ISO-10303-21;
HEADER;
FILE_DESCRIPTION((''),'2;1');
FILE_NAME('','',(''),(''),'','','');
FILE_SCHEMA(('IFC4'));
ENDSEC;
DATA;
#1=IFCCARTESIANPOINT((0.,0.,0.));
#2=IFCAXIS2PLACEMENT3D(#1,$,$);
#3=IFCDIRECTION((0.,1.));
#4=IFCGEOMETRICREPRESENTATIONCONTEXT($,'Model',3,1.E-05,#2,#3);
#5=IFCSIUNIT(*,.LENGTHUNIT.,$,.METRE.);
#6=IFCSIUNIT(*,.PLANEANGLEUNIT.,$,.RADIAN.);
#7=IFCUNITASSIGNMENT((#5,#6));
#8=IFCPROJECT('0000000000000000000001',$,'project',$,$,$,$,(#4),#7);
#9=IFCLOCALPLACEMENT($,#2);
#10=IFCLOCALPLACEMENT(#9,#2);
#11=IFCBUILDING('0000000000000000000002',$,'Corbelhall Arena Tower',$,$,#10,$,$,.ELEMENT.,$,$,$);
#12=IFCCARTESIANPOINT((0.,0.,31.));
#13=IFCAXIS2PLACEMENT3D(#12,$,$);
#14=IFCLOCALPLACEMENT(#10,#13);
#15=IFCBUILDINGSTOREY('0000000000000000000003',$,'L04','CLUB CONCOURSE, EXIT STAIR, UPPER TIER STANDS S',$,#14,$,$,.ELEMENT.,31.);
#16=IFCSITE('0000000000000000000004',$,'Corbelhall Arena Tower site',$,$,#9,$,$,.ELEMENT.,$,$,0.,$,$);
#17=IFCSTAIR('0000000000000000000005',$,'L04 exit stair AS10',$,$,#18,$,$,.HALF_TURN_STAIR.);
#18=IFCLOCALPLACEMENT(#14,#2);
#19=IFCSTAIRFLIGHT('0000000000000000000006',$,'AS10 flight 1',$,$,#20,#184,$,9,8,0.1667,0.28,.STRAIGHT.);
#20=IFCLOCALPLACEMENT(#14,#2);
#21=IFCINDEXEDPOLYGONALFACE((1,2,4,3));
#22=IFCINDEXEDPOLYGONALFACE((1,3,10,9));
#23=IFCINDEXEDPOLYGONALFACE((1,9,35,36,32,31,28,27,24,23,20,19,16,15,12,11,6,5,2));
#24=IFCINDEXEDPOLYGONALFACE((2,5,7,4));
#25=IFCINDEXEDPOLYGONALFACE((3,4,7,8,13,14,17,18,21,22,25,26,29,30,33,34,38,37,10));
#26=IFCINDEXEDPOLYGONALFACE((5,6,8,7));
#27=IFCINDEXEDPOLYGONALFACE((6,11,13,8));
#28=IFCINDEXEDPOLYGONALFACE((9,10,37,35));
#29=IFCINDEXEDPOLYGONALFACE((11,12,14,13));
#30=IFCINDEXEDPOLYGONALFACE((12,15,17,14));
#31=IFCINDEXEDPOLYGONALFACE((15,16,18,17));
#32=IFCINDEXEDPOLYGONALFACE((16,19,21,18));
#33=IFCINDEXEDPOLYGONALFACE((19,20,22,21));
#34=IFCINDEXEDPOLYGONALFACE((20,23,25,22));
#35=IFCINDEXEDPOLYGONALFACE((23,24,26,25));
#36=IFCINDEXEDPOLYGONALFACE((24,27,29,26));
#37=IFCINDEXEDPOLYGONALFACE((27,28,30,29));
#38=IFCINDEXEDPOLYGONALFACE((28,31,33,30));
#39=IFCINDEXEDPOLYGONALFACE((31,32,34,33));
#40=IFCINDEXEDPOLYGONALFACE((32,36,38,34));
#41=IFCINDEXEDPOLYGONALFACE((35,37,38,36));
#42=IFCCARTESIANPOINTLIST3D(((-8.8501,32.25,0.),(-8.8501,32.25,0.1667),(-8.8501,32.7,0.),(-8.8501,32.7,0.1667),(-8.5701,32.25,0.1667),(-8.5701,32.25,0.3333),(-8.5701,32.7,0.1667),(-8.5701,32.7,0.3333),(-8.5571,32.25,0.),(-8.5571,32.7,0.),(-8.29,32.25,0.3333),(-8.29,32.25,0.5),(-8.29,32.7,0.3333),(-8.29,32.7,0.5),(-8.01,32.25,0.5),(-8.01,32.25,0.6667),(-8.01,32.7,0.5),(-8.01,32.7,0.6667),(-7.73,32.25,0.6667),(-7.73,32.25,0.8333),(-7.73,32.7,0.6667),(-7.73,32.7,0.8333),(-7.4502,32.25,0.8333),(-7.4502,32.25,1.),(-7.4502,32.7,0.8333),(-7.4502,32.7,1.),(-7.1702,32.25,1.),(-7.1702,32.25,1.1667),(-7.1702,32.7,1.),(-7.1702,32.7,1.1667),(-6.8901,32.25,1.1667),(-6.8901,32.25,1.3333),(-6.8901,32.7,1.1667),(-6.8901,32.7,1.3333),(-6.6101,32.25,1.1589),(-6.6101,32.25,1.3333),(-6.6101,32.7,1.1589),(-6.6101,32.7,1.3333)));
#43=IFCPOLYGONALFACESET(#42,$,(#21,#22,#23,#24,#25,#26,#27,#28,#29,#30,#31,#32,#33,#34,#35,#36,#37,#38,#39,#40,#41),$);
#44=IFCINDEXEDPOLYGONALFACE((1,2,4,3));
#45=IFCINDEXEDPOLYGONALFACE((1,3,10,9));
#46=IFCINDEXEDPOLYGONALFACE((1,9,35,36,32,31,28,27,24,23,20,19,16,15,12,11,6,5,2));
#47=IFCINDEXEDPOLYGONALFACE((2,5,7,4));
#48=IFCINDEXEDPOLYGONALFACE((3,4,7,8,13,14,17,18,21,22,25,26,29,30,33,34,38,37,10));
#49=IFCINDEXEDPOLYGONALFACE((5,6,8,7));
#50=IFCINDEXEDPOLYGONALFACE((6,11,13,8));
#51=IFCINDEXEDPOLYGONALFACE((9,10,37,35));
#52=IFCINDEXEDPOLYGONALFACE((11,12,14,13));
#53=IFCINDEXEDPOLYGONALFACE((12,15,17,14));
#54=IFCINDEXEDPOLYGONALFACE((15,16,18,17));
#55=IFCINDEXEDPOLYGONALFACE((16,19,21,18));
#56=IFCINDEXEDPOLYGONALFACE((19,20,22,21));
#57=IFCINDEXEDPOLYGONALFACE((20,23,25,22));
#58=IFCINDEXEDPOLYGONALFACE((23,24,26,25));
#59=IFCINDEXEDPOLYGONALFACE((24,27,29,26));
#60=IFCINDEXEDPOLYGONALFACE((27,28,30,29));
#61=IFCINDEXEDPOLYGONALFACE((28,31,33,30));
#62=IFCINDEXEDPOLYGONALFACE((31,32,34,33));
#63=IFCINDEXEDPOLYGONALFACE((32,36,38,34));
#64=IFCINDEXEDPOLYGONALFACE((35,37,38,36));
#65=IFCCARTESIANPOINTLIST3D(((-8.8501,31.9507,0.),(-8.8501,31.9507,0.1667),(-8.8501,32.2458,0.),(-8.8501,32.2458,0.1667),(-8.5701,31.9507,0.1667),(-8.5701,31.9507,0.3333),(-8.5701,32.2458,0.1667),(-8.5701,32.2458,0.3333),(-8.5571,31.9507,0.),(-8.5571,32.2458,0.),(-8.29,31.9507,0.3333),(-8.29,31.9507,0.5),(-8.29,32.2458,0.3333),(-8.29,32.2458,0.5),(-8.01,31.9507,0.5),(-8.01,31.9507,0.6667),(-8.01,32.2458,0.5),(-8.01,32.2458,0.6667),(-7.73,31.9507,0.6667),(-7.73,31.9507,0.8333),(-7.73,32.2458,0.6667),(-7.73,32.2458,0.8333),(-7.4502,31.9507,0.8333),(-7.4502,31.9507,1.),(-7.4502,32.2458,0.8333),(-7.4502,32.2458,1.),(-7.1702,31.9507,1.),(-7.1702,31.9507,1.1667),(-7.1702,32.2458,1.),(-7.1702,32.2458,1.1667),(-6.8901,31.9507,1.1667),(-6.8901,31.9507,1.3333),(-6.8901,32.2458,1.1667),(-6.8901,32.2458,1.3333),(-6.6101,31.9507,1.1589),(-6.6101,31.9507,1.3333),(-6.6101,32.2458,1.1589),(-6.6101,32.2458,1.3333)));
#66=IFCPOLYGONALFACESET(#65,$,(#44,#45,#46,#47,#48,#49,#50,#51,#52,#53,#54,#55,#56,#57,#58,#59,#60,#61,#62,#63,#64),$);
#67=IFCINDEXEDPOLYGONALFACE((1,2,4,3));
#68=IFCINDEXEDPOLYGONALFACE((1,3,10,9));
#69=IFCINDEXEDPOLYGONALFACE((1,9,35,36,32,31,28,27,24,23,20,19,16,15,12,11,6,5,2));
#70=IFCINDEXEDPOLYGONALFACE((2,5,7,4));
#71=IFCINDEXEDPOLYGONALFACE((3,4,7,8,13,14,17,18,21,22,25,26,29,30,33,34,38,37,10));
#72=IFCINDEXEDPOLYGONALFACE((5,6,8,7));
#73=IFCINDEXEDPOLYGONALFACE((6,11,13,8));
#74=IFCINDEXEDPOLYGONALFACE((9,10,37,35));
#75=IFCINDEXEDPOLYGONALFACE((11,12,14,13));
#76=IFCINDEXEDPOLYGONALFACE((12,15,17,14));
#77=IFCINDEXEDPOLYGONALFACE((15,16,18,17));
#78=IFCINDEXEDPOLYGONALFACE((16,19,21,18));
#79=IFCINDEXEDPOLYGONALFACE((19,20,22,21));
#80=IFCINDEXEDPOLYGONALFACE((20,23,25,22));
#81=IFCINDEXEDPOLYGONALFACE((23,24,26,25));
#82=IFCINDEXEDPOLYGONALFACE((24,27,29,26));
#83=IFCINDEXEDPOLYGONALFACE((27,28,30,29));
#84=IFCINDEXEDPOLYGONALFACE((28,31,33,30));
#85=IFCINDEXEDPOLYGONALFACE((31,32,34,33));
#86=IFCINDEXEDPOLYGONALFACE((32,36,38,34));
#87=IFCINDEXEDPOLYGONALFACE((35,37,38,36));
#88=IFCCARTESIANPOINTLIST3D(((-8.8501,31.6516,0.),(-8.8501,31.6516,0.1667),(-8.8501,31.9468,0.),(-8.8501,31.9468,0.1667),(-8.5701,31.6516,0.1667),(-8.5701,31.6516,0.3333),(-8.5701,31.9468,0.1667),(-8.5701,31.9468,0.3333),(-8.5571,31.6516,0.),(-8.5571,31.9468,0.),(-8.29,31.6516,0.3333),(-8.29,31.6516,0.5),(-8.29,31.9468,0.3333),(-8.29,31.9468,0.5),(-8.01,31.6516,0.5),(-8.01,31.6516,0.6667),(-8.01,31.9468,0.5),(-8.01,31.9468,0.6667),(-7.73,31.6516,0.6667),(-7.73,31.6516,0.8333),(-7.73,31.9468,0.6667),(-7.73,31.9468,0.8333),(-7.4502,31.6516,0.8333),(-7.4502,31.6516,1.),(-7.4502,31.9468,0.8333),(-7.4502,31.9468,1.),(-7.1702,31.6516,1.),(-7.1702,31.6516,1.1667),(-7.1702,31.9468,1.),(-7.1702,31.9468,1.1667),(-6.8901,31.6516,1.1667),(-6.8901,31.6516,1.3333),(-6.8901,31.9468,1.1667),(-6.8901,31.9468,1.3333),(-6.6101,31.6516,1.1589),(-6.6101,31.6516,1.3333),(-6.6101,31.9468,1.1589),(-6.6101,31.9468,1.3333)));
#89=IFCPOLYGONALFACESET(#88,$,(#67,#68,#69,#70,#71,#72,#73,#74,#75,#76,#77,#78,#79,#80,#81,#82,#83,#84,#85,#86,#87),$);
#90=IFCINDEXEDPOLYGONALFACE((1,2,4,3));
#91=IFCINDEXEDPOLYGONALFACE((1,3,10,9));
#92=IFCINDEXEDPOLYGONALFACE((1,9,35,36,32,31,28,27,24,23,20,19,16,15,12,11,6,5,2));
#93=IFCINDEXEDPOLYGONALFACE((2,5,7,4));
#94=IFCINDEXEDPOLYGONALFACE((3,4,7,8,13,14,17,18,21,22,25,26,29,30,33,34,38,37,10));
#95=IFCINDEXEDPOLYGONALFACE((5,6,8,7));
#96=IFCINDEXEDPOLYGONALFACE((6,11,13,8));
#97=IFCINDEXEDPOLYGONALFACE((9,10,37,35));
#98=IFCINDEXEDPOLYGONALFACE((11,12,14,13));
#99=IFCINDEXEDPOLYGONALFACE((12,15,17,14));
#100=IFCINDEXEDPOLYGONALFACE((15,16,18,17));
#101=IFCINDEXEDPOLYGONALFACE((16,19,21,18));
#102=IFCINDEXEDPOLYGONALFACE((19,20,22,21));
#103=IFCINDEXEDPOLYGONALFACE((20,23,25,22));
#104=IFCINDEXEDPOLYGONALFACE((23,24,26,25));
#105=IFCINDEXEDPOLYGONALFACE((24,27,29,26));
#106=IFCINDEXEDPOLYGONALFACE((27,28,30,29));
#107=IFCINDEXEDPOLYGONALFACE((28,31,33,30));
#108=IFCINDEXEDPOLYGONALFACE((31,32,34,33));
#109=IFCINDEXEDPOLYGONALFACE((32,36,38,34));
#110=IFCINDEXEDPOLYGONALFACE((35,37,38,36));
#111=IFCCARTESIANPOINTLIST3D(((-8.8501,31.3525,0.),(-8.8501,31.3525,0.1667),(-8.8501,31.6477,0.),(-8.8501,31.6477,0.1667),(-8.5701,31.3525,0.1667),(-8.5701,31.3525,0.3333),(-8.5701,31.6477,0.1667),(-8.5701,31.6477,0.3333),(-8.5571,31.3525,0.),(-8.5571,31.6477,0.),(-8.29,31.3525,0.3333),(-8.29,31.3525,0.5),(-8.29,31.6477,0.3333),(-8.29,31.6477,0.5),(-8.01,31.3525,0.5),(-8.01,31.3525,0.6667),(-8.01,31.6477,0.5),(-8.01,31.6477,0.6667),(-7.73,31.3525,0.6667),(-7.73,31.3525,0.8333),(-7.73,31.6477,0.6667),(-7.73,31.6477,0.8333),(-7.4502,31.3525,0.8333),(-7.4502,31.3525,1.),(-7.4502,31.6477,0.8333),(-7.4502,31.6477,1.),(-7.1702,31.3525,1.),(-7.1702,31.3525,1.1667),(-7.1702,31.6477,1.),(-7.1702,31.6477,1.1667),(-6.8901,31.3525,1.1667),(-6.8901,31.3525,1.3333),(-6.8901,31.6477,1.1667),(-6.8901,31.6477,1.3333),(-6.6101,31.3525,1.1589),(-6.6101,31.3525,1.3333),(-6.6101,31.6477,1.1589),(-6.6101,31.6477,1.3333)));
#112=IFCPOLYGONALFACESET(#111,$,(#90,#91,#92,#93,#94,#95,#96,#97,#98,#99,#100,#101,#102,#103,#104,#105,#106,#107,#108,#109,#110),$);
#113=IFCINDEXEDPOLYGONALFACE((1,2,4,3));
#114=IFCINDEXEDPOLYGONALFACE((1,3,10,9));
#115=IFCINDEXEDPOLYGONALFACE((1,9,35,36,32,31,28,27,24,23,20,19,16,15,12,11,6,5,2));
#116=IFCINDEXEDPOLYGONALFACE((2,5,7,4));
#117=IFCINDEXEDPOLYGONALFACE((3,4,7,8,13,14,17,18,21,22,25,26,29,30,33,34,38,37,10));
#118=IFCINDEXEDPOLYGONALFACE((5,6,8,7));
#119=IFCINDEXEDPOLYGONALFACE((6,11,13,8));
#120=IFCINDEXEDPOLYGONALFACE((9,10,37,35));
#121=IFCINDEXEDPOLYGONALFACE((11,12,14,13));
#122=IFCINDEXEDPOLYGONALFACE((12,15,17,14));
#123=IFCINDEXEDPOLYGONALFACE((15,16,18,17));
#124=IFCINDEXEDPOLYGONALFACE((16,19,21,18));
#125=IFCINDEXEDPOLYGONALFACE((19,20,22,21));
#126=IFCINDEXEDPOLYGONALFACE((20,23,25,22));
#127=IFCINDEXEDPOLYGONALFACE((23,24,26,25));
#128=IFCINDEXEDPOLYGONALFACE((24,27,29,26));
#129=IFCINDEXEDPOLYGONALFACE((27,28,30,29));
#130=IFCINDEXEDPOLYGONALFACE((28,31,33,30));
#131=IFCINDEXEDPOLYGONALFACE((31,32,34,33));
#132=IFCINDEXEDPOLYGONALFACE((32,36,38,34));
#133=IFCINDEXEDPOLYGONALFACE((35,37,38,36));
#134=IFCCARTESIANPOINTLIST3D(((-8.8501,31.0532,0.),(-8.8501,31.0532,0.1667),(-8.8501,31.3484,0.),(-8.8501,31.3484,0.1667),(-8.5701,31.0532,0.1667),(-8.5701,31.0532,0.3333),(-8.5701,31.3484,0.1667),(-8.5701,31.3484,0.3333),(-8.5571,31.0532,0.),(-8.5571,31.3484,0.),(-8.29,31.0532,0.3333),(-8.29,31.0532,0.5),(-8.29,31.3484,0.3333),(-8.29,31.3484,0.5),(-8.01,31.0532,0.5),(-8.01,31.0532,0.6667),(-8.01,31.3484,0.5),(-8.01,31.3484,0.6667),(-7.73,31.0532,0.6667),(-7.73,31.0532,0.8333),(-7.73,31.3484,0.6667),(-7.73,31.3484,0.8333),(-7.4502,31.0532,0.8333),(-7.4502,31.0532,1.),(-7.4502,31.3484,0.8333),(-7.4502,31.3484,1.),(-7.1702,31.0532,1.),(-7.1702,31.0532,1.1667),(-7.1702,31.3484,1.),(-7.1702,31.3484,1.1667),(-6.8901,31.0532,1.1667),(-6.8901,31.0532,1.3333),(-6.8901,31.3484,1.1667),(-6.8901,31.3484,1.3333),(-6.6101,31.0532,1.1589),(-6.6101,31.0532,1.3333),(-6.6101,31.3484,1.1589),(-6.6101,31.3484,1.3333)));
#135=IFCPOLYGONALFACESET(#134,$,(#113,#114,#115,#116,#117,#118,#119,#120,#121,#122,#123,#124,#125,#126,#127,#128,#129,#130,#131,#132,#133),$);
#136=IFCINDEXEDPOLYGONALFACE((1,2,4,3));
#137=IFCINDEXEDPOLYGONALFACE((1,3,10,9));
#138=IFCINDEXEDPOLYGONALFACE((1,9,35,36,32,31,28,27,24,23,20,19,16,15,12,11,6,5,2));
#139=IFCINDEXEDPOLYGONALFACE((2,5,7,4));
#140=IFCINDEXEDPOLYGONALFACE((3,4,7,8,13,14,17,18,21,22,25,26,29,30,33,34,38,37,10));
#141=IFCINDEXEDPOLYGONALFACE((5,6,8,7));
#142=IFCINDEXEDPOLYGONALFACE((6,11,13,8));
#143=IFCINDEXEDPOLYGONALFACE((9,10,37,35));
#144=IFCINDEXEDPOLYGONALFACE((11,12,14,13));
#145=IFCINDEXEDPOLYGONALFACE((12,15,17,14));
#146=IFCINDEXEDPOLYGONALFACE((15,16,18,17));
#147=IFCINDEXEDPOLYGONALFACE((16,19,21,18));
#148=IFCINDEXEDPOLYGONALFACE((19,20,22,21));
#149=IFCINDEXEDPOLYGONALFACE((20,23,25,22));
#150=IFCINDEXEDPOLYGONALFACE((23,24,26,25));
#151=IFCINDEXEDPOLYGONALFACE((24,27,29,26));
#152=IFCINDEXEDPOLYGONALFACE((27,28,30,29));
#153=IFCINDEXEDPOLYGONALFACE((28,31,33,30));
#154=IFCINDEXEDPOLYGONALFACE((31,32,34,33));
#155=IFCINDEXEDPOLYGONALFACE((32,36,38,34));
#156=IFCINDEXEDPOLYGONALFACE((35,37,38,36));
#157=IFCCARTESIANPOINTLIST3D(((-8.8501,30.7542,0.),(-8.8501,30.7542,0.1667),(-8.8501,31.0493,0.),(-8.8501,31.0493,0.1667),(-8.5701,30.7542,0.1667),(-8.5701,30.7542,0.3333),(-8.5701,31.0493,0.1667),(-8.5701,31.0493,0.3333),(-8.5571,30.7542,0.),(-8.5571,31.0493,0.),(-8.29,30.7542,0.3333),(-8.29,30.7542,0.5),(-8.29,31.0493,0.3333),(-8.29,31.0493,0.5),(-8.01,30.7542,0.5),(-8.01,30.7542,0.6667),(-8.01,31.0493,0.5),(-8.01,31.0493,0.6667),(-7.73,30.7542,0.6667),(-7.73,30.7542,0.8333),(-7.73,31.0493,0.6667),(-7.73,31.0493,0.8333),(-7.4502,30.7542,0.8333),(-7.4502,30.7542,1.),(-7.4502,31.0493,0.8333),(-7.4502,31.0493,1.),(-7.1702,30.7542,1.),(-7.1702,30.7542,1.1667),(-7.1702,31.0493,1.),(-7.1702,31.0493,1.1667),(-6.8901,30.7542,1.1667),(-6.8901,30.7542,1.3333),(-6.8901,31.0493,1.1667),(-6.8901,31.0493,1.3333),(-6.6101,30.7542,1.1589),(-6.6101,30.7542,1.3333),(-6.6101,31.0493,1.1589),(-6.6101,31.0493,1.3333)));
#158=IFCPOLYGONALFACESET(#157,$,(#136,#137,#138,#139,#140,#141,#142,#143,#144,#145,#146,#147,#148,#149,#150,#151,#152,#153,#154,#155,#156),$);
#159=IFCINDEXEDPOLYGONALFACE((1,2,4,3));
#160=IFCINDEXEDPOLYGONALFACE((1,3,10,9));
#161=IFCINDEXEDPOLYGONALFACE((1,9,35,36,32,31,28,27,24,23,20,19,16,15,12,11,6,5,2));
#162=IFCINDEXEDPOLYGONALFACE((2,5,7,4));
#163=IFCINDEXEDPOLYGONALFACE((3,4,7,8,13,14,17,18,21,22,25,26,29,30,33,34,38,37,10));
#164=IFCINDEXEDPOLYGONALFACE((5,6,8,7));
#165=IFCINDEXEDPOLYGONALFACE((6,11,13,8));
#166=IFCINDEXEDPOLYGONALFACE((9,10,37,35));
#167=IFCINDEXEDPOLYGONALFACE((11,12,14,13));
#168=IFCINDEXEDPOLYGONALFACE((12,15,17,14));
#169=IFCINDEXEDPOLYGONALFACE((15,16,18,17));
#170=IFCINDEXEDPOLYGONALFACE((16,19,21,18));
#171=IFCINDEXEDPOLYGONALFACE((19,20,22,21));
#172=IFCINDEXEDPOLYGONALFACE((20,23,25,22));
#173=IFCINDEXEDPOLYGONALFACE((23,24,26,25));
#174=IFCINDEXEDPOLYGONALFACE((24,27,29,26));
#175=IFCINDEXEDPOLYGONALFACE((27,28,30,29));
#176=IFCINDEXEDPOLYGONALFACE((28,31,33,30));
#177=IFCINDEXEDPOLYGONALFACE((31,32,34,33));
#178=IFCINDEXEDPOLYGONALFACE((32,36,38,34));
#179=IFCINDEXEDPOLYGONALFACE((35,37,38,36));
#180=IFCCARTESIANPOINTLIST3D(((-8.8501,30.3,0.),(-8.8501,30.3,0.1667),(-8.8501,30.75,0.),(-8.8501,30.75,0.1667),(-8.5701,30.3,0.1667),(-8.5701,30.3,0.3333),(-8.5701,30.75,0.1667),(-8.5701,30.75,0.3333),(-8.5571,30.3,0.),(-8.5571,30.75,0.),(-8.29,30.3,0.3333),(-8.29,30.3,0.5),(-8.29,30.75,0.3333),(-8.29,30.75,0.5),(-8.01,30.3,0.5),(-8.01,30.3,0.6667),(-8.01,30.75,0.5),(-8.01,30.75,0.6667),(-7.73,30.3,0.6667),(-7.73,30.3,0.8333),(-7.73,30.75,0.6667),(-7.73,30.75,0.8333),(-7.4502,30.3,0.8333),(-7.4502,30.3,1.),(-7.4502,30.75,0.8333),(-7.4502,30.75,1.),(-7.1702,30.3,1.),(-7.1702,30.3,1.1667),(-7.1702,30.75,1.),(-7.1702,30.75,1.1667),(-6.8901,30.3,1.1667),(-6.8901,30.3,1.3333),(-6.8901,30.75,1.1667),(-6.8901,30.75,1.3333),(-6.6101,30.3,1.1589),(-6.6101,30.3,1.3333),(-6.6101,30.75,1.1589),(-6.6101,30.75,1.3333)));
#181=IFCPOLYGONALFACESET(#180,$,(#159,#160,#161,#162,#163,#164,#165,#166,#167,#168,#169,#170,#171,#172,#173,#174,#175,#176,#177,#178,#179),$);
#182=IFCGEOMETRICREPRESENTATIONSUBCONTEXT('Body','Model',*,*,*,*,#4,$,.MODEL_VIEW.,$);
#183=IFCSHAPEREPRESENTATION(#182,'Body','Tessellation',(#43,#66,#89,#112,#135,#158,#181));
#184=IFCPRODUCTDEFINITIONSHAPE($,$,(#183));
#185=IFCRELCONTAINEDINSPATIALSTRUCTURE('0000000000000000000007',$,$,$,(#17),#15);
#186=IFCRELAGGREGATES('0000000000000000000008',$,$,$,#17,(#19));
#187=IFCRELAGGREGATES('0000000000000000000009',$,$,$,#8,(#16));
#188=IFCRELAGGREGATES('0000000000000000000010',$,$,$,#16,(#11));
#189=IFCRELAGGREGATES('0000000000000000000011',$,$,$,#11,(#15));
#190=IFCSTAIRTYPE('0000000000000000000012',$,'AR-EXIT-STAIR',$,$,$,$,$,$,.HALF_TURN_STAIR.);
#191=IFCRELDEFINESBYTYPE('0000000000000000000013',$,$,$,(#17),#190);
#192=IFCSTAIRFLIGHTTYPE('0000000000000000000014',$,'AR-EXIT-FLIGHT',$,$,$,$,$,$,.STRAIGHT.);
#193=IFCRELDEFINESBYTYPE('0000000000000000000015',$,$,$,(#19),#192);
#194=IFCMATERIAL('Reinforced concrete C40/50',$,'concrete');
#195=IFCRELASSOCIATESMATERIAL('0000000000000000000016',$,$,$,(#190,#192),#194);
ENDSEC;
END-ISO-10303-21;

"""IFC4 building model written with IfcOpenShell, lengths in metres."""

from ifc_helpers import new_model, si_unit, direction, frame, origin, place, context, subcontext, project, spatial, polyline, outline, extrude, material, type_object, element, aggregate, save


model = new_model("IFC4")

# Units and contexts
model_context = context("Model", 3, precision=1e-05, world=origin(), true_north=direction((0.0, 1.0)))
body_context = subcontext(model_context, "Body", "Model", "MODEL_VIEW")
ifc_project = project(units=[si_unit("LENGTHUNIT", "METRE"), si_unit("PLANEANGLEUNIT", "RADIAN")], contexts=[model_context])

# Site, building, storey
site_placement = place(None, origin())
site = spatial("IfcSite", under=ifc_project, at=site_placement, Name="Corbelhall Arena Tower site", CompositionType="ELEMENT", RefElevation=0.0)
building_placement = place(site_placement, origin())
building = spatial("IfcBuilding", under=site, at=building_placement, Name="Corbelhall Arena Tower", CompositionType="ELEMENT")
storey_placement = place(building_placement, frame((0.0, 0.0, 31.0)))
storey = spatial("IfcBuildingStorey", under=building, at=storey_placement, Name="L04", Description="CLUB CONCOURSE, EXIT STAIR, UPPER TIER STANDS S", CompositionType="ELEMENT", Elevation=31.0)

# Shared definitions
ifc_material_1 = material(Name="Reinforced concrete C40/50", Category="concrete")

# Stair, stair flight
stair_type = type_object("IfcStairType", Name="AR-EXIT-STAIR", PredefinedType="HALF_TURN_STAIR", material=ifc_material_1)
stair_flight_type = type_object("IfcStairFlightType", Name="AR-EXIT-FLIGHT", PredefinedType="STRAIGHT", material=ifc_material_1)
stair_1_placement = place(storey_placement, origin())
stair_1 = element("IfcStair", 1, at=stair_1_placement, inside=storey, type_object=stair_type, Name="L04 exit stair AS10", PredefinedType="HALF_TURN_STAIR")
stair_flight_1_placement = place(storey_placement, frame((-8.8501, 31.5, 0.0), z_axis=(0.0, 0.0, 1.0), x_axis=(1.0, 0.0, 0.0)))
stair_flight_1 = element("IfcStairFlight", 2, at=stair_flight_1_placement, type_object=stair_flight_type, Name="AS10 flight 1", NumberOfRisers=9, NumberOfTreads=8, PredefinedType="STRAIGHT", RiserHeight=0.1667, TreadLength=0.28, context=body_context, shape_type="SweptSolid", body=[
    extrude(outline(polyline([(0.0, 0.0), (0.0, 0.1667), (0.28, 0.1667), (0.28, 0.3333), (0.5601, 0.3333), (0.5601, 0.5), (0.8401, 0.5), (0.8401, 0.6667), (1.1201, 0.6667), (1.1201, 0.8333), (1.3999, 0.8333), (1.3999, 1.0), (1.6799, 1.0), (1.6799, 1.1667), (1.96, 1.1667), (1.96, 1.3333), (2.24, 1.3333), (2.24, 1.5), (2.24, 1.1589), (0.293, 0.0), (0.0, 0.0)])), frame((0.0, 1.2, 0.0), z_axis=(0.0, -1.0, 0.0), x_axis=(1.0, 0.0, 0.0)), (0.0, 0.0, 1.0), 0.45),
    extrude(outline(polyline([(0.0, 0.0), (0.0, 0.1667), (0.28, 0.1667), (0.28, 0.3333), (0.5601, 0.3333), (0.5601, 0.5), (0.8401, 0.5), (0.8401, 0.6667), (1.1201, 0.6667), (1.1201, 0.8333), (1.3999, 0.8333), (1.3999, 1.0), (1.6799, 1.0), (1.6799, 1.1667), (1.96, 1.1667), (1.96, 1.3333), (2.24, 1.3333), (2.24, 1.5), (2.24, 1.1589), (0.293, 0.0), (0.0, 0.0)])), frame((0.0, 0.7458, 0.0), z_axis=(0.0, -1.0, 0.0), x_axis=(1.0, 0.0, 0.0)), (0.0, 0.0, 1.0), 0.2952),
    extrude(outline(polyline([(0.0, 0.0), (0.0, 0.1667), (0.28, 0.1667), (0.28, 0.3333), (0.5601, 0.3333), (0.5601, 0.5), (0.8401, 0.5), (0.8401, 0.6667), (1.1201, 0.6667), (1.1201, 0.8333), (1.3999, 0.8333), (1.3999, 1.0), (1.6799, 1.0), (1.6799, 1.1667), (1.96, 1.1667), (1.96, 1.3333), (2.24, 1.3333), (2.24, 1.5), (2.24, 1.1589), (0.293, 0.0), (0.0, 0.0)])), frame((0.0, 0.4468, 0.0), z_axis=(0.0, -1.0, 0.0), x_axis=(1.0, 0.0, 0.0)), (0.0, 0.0, 1.0), 0.2952),
    extrude(outline(polyline([(0.0, 0.0), (0.0, 0.1667), (0.28, 0.1667), (0.28, 0.3333), (0.5601, 0.3333), (0.5601, 0.5), (0.8401, 0.5), (0.8401, 0.6667), (1.1201, 0.6667), (1.1201, 0.8333), (1.3999, 0.8333), (1.3999, 1.0), (1.6799, 1.0), (1.6799, 1.1667), (1.96, 1.1667), (1.96, 1.3333), (2.24, 1.3333), (2.24, 1.5), (2.24, 1.1589), (0.293, 0.0), (0.0, 0.0)])), frame((0.0, 0.1477, 0.0), z_axis=(0.0, -1.0, 0.0), x_axis=(1.0, 0.0, 0.0)), (0.0, 0.0, 1.0), 0.2952),
    extrude(outline(polyline([(0.0, 0.0), (0.0, 0.1667), (0.28, 0.1667), (0.28, 0.3333), (0.5601, 0.3333), (0.5601, 0.5), (0.8401, 0.5), (0.8401, 0.6667), (1.1201, 0.6667), (1.1201, 0.8333), (1.3999, 0.8333), (1.3999, 1.0), (1.6799, 1.0), (1.6799, 1.1667), (1.96, 1.1667), (1.96, 1.3333), (2.24, 1.3333), (2.24, 1.5), (2.24, 1.1589), (0.293, 0.0), (0.0, 0.0)])), frame((0.0, -0.1516, 0.0), z_axis=(0.0, -1.0, 0.0), x_axis=(1.0, 0.0, 0.0)), (0.0, 0.0, 1.0), 0.2952),
    extrude(outline(polyline([(0.0, 0.0), (0.0, 0.1667), (0.28, 0.1667), (0.28, 0.3333), (0.5601, 0.3333), (0.5601, 0.5), (0.8401, 0.5), (0.8401, 0.6667), (1.1201, 0.6667), (1.1201, 0.8333), (1.3999, 0.8333), (1.3999, 1.0), (1.6799, 1.0), (1.6799, 1.1667), (1.96, 1.1667), (1.96, 1.3333), (2.24, 1.3333), (2.24, 1.5), (2.24, 1.1589), (0.293, 0.0), (0.0, 0.0)])), frame((0.0, -0.4507, 0.0), z_axis=(0.0, -1.0, 0.0), x_axis=(1.0, 0.0, 0.0)), (0.0, 0.0, 1.0), 0.2952),
    extrude(outline(polyline([(0.0, 0.0), (0.0, 0.1667), (0.28, 0.1667), (0.28, 0.3333), (0.5601, 0.3333), (0.5601, 0.5), (0.8401, 0.5), (0.8401, 0.6667), (1.1201, 0.6667), (1.1201, 0.8333), (1.3999, 0.8333), (1.3999, 1.0), (1.6799, 1.0), (1.6799, 1.1667), (1.96, 1.1667), (1.96, 1.3333), (2.24, 1.3333), (2.24, 1.5), (2.24, 1.1589), (0.293, 0.0), (0.0, 0.0)])), frame((0.0, -0.75, 0.0), z_axis=(0.0, -1.0, 0.0), x_axis=(1.0, 0.0, 0.0)), (0.0, 0.0, 1.0), 0.45),
])
aggregate(stair_1, [stair_flight_1])

save(model, "model.ifc")
